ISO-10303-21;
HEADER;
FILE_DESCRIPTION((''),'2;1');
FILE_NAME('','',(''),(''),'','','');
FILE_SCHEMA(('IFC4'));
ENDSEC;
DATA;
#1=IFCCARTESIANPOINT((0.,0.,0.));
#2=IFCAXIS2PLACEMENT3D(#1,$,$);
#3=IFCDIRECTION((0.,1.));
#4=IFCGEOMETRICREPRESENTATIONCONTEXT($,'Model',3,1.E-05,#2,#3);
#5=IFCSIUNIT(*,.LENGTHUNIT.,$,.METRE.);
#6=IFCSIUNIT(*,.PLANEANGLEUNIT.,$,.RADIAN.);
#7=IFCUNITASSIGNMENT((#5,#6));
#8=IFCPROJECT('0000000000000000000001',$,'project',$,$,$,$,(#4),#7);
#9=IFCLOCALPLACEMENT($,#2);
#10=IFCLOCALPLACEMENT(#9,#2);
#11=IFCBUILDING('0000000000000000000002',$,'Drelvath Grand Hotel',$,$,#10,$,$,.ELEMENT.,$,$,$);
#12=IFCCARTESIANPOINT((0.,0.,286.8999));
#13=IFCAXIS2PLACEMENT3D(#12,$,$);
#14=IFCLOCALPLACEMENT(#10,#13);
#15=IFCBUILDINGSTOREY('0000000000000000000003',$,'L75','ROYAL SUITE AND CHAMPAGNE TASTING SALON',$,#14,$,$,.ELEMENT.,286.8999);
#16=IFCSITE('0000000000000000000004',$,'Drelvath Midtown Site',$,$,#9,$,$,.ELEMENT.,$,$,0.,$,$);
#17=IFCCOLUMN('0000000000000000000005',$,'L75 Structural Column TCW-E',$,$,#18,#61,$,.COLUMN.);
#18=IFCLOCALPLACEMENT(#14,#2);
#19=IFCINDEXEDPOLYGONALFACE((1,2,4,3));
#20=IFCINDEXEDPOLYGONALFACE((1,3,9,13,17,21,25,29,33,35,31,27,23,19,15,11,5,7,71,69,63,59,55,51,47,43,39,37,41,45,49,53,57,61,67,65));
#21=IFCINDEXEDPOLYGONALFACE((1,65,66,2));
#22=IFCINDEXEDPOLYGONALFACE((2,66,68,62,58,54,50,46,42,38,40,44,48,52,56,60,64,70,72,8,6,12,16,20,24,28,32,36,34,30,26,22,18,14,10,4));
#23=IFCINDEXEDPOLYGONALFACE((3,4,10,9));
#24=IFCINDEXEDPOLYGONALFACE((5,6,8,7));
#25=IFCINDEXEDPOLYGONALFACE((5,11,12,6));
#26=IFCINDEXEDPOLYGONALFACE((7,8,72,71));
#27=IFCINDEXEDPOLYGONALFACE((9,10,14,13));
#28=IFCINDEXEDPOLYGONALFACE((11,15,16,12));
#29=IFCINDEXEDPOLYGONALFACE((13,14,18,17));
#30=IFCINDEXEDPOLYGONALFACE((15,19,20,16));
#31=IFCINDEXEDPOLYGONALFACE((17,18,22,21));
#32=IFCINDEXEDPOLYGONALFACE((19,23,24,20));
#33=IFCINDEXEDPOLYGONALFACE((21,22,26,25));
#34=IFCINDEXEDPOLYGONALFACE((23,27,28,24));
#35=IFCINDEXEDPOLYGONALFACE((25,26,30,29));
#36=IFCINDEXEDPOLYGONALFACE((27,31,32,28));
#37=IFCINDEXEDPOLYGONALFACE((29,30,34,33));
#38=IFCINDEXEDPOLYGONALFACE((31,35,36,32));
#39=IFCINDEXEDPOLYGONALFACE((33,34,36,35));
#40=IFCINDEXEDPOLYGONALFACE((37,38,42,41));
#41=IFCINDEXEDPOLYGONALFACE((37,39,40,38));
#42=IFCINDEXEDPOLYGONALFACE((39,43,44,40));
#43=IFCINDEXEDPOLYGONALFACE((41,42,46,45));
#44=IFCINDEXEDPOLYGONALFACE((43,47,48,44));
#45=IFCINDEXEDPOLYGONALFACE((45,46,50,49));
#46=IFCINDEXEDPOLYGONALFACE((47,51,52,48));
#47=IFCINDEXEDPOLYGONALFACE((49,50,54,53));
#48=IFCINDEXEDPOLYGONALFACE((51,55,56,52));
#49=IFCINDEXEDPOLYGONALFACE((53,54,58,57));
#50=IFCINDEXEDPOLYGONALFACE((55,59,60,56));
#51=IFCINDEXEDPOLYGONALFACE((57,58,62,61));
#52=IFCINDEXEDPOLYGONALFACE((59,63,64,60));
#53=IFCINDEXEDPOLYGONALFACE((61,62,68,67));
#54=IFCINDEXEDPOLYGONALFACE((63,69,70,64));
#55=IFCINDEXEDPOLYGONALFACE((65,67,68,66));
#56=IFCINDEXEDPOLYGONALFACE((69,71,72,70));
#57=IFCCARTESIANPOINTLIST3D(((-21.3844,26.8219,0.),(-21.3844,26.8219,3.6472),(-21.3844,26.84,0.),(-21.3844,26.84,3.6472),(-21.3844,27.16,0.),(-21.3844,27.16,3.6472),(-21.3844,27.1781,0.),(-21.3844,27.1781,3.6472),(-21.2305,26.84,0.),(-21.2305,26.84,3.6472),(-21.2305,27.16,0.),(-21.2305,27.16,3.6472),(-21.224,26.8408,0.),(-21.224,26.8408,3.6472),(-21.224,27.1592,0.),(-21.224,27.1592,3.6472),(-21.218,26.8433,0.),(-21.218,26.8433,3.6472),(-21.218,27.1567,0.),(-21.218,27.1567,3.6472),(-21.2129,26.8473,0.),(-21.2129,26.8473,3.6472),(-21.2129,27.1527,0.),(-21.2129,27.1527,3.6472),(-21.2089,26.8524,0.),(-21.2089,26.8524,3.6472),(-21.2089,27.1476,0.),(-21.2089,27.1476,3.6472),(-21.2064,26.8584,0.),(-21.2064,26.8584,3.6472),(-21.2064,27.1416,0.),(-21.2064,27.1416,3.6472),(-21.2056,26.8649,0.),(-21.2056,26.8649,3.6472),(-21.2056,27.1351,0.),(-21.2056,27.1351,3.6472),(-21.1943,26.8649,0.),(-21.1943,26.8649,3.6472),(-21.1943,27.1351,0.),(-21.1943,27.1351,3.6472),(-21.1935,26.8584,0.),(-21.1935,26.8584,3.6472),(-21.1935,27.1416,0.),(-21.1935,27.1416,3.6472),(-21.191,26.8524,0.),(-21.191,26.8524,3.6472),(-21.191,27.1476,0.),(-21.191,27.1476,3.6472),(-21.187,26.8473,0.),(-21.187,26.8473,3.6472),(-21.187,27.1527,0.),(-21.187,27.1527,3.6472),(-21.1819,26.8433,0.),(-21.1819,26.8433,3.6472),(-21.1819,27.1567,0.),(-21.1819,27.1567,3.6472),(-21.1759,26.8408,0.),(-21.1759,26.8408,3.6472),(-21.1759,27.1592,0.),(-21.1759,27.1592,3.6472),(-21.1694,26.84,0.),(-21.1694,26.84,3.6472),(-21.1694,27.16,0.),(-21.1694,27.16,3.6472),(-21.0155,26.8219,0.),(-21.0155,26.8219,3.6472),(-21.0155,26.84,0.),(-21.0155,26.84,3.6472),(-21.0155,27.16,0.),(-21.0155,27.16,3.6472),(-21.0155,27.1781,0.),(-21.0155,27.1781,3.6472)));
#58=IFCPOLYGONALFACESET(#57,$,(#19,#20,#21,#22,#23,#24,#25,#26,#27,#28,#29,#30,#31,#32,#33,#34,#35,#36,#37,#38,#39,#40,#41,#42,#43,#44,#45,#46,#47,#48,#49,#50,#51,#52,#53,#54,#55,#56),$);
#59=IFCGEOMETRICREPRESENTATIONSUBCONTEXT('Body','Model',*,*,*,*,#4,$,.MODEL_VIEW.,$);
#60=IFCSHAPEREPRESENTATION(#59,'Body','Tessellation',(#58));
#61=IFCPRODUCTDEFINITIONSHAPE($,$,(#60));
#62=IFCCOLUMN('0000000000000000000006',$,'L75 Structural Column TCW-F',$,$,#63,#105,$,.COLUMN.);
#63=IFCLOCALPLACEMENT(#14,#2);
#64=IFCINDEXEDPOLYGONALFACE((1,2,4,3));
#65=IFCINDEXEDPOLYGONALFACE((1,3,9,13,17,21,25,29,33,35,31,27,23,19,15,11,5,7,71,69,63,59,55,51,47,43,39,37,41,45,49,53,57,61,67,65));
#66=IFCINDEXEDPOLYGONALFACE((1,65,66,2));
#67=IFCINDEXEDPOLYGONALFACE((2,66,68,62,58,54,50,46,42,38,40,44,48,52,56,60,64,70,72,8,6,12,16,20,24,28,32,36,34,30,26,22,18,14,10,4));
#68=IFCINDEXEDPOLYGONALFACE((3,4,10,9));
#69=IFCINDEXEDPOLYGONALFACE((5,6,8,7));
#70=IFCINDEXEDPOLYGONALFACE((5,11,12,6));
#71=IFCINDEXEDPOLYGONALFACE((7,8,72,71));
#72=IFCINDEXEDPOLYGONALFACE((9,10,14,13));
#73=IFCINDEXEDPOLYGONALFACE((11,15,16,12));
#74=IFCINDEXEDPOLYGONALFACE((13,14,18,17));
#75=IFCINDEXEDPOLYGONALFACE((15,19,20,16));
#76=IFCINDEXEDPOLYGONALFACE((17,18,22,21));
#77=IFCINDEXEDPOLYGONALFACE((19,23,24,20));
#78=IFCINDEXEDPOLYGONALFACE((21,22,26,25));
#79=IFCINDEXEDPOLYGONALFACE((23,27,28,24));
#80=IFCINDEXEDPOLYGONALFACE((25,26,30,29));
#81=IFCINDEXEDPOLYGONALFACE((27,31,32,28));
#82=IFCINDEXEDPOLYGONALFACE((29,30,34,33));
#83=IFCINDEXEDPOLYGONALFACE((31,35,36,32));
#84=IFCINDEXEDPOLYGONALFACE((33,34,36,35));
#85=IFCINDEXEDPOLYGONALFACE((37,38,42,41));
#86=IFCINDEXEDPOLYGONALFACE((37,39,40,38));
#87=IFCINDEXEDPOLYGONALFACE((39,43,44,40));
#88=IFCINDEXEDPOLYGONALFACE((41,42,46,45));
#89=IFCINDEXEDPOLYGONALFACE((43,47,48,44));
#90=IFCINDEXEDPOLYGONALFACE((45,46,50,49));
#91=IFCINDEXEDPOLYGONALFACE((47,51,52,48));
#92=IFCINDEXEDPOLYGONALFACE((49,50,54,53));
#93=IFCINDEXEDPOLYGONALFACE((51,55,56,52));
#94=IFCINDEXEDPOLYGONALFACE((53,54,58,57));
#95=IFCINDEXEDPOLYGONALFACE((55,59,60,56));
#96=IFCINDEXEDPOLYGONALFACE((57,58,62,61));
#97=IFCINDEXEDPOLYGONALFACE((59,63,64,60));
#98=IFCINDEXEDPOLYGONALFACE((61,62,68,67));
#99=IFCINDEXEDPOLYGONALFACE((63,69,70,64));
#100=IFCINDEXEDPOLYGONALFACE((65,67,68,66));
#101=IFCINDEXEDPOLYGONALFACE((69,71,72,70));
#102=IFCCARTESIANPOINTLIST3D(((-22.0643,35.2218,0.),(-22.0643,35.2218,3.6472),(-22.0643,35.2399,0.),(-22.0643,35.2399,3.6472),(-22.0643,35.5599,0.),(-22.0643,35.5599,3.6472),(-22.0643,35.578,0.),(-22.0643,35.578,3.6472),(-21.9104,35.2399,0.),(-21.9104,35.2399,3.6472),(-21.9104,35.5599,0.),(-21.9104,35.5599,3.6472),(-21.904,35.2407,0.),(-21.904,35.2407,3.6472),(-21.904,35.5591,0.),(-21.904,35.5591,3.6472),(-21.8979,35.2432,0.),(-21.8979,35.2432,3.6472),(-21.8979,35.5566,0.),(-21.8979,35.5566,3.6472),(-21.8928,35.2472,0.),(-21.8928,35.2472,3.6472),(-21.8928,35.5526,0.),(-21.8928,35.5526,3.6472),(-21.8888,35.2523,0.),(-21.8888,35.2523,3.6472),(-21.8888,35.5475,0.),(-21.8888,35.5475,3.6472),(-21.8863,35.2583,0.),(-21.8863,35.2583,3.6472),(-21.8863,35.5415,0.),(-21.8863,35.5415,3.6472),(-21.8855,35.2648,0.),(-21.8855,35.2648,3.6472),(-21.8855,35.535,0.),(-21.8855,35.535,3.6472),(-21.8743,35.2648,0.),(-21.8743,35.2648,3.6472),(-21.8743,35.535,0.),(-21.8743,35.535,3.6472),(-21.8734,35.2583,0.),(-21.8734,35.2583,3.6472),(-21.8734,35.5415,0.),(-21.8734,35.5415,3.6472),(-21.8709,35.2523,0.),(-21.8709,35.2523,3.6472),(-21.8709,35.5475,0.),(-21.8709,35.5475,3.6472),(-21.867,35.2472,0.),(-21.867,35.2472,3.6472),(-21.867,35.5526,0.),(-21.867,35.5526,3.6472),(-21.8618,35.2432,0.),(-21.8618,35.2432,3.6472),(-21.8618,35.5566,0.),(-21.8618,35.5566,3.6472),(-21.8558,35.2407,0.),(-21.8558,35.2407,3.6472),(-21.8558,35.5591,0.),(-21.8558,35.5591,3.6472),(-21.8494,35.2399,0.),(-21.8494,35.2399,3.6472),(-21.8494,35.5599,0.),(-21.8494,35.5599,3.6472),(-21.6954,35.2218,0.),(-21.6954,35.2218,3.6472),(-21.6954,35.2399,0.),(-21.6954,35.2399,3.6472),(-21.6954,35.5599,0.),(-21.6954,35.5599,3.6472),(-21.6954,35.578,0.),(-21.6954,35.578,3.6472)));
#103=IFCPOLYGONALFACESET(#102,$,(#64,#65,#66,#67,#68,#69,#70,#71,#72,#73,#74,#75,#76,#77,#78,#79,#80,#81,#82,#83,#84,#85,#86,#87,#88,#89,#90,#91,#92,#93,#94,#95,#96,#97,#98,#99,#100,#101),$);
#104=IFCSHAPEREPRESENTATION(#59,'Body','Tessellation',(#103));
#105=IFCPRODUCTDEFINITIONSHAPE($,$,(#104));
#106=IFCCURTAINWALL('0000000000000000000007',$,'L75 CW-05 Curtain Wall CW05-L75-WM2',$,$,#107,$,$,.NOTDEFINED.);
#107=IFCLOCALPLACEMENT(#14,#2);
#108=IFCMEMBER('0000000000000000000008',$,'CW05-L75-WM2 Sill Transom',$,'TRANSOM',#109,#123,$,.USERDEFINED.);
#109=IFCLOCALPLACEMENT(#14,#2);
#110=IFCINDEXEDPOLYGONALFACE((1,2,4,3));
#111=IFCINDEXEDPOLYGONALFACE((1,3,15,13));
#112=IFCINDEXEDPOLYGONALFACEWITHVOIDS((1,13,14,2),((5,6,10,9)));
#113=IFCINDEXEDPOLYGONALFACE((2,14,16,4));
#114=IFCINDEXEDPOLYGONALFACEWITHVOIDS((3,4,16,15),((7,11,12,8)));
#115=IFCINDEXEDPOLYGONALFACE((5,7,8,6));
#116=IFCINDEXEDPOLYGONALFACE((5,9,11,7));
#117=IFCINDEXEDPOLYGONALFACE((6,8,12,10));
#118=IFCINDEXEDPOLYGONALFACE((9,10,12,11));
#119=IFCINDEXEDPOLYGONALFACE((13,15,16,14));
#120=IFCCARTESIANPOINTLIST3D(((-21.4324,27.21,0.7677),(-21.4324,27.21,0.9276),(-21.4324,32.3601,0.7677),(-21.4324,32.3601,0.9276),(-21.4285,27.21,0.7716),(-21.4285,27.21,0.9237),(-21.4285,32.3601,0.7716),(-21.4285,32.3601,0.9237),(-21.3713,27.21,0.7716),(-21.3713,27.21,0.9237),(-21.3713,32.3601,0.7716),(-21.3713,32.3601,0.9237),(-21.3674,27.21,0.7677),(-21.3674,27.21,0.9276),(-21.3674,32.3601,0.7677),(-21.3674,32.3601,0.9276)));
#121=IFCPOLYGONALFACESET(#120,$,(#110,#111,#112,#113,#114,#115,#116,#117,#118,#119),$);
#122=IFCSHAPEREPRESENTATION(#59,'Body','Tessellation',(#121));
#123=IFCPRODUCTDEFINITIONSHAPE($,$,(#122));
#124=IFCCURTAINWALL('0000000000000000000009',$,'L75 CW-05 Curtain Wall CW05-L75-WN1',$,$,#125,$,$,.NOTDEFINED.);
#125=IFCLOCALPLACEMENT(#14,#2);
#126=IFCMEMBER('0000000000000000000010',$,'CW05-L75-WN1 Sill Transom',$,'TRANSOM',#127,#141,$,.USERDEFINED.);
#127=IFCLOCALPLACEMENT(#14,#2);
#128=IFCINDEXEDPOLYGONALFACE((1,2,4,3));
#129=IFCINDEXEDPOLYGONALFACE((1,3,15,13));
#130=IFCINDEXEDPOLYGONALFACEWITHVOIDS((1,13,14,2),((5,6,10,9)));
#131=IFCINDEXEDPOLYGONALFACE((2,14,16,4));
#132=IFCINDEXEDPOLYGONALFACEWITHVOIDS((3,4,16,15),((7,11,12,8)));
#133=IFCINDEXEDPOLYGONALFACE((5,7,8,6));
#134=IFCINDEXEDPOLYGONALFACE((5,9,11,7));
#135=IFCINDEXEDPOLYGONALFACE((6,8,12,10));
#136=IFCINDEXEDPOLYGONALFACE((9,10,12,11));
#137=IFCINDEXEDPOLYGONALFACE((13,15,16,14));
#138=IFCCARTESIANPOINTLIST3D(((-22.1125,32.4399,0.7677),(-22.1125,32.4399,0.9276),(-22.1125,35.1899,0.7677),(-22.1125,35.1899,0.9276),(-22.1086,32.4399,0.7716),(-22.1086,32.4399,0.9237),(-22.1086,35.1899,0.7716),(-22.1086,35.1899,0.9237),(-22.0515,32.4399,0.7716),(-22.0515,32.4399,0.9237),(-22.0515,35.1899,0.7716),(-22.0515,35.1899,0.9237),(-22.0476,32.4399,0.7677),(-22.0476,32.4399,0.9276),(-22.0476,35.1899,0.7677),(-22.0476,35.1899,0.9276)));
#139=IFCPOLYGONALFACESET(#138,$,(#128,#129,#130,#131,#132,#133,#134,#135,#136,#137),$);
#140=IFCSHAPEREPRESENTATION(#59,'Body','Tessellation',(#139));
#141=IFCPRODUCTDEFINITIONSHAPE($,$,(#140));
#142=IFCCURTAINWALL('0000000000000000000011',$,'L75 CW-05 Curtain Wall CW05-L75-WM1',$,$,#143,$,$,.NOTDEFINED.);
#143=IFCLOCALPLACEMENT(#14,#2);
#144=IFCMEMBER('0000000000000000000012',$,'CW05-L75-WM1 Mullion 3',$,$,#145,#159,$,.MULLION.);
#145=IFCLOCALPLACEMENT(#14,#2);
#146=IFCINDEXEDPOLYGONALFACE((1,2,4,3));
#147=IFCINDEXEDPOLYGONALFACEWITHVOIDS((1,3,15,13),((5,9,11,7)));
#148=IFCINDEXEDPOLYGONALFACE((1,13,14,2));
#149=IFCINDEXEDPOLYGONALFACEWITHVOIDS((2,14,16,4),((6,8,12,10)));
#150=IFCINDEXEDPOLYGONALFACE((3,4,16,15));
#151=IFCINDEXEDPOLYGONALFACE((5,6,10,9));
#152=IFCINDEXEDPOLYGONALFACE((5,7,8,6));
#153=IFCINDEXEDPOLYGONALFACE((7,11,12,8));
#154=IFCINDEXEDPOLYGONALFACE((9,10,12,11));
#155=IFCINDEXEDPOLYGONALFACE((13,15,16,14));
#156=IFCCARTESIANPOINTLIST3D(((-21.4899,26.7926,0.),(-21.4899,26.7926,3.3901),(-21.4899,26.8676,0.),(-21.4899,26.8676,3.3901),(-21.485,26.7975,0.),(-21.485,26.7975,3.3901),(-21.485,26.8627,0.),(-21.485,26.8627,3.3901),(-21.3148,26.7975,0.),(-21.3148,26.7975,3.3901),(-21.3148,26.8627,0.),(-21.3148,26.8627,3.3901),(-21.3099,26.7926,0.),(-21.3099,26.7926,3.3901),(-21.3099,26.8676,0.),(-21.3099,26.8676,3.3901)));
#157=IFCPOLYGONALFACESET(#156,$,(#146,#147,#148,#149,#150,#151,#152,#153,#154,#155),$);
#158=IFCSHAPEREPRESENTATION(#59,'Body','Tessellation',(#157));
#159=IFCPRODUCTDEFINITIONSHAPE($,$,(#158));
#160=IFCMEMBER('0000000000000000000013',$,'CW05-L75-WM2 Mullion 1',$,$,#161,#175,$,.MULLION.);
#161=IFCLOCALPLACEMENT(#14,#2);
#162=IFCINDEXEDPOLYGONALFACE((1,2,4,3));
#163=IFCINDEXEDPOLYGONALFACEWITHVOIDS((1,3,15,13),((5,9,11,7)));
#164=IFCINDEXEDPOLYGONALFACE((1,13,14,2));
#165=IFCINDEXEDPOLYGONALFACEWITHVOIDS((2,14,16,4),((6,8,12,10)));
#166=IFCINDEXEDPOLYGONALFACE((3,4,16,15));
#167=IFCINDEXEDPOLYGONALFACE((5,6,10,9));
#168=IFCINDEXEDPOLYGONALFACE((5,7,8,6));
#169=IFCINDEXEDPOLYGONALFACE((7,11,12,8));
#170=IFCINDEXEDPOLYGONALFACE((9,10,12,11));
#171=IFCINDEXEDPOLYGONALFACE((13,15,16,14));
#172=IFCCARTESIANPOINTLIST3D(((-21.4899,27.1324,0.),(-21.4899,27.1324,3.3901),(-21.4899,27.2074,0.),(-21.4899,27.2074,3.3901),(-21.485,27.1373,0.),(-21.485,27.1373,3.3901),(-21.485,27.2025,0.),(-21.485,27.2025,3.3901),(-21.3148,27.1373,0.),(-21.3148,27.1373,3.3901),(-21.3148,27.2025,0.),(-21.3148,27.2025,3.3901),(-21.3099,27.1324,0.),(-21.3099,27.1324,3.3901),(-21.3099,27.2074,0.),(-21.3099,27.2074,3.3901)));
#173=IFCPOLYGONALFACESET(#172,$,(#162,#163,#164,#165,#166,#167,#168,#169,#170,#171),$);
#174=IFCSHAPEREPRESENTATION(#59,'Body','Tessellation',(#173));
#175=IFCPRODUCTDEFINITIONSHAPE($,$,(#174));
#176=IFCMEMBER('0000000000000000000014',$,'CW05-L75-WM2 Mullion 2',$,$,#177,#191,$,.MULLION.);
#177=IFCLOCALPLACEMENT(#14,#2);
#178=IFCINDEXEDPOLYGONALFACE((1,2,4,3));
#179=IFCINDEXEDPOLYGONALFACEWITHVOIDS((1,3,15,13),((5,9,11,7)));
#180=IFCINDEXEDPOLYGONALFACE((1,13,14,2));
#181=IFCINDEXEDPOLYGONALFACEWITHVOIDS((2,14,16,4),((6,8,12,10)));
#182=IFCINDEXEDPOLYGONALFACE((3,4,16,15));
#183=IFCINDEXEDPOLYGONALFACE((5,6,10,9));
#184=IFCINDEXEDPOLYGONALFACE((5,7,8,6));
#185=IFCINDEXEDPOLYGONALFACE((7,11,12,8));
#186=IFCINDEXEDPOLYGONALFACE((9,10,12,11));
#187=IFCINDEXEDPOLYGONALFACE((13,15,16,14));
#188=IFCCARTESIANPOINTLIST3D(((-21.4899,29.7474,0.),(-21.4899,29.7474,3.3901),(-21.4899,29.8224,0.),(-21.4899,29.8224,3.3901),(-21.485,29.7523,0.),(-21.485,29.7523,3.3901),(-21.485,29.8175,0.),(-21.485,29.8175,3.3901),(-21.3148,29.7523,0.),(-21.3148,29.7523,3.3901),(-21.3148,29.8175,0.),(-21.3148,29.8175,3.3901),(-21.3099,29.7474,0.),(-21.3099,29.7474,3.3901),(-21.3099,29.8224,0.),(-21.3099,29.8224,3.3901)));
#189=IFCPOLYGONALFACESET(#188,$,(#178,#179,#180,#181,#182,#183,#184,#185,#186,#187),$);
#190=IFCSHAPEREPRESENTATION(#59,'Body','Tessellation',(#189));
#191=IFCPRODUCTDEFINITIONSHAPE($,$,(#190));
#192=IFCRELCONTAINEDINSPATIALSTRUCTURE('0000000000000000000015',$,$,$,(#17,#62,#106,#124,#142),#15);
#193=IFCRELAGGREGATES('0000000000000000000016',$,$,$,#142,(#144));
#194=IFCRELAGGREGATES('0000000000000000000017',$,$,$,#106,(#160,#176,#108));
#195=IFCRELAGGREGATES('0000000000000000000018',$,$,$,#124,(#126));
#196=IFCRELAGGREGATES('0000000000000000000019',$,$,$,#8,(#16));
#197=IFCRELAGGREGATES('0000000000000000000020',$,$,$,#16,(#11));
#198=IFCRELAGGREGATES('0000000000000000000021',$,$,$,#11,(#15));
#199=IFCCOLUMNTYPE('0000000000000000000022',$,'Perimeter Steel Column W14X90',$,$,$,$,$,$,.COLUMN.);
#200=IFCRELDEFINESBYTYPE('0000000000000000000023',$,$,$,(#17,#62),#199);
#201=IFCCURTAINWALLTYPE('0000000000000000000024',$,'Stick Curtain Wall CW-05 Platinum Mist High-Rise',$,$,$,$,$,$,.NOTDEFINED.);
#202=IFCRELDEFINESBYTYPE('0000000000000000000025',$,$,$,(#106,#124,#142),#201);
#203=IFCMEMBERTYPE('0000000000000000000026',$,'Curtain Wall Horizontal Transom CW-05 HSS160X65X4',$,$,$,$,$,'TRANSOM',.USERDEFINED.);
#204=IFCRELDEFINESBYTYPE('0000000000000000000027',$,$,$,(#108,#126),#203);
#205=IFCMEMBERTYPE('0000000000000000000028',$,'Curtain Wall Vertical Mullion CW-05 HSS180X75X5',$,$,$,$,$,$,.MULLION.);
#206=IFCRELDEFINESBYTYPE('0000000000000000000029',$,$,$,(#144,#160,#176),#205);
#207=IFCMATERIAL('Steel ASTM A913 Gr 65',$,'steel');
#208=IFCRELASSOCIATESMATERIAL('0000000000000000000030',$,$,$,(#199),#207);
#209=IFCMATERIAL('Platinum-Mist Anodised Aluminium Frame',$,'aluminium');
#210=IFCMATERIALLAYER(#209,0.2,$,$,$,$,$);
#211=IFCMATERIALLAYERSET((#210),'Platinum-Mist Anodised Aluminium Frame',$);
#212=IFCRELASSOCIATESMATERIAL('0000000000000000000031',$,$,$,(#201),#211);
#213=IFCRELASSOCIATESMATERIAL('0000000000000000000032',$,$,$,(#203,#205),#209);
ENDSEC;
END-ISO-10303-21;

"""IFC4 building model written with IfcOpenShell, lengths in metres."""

from ifc_helpers import new_model, si_unit, direction, frame, origin, origin_2d, place, context, subcontext, project, spatial, hollow_rectangle, i_section, extrude, material, layer, layer_set, material_profile, profile_set, type_object, element, aggregate, save


model = new_model("IFC4")

# Units and contexts
model_context = context("Model", 3, precision=1e-05, world=origin(), true_north=direction((0.0, 1.0)))
body_context = subcontext(model_context, "Body", "Model", "MODEL_VIEW")
ifc_project = project(units=[si_unit("LENGTHUNIT", "METRE"), si_unit("PLANEANGLEUNIT", "RADIAN")], contexts=[model_context])

# Site, building, storey
site_placement = place(None, origin())
site = spatial("IfcSite", under=ifc_project, at=site_placement, Name="Drelvath Midtown Site", CompositionType="ELEMENT", RefElevation=0.0)
building_placement = place(site_placement, origin())
building = spatial("IfcBuilding", under=site, at=building_placement, Name="Drelvath Grand Hotel", CompositionType="ELEMENT")
storey_placement = place(building_placement, frame((0.0, 0.0, 286.8999)))
storey = spatial("IfcBuildingStorey", under=building, at=storey_placement, Name="L75", Description="ROYAL SUITE AND CHAMPAGNE TASTING SALON", CompositionType="ELEMENT", Elevation=286.8999)

# Columns
ifc_material_1 = material(Name="Steel ASTM A913 Gr 65", Category="steel")
ifc_material_profile_1 = material_profile(ifc_material_1, i_section(OverallWidth=0.3689, OverallDepth=0.3562, WebThickness=0.0112, FlangeThickness=0.0181, FilletRadius=0.0249, at=origin_2d()), Name="W14X90")
ifc_profile_set_1 = profile_set([ifc_material_profile_1], Name="Steel ASTM A913 Gr 65")
column_type = type_object("IfcColumnType", Name="Perimeter Steel Column W14X90", PredefinedType="COLUMN", material=ifc_profile_set_1)
for number, where, z_axis, x_axis, name in (
    (1, (-21.2, 27.0, 0.0), (0.0, 0.0, 1.0), (1.0, 0.0, 0.0), "L75 Structural Column TCW-E"),
    (2, (-21.8799, 35.3999, 0.0), (0.0, 0.0, 1.0), (1.0, 0.0, 0.0), "L75 Structural Column TCW-F"),
):
    element("IfcColumn", number, at=place(storey_placement, frame(where, z_axis=z_axis, x_axis=x_axis)), inside=storey, type_object=column_type, Name=name, PredefinedType="COLUMN", context=body_context, shape_type="SweptSolid", body=[
        extrude(i_section(OverallWidth=0.3689, OverallDepth=0.3562, WebThickness=0.0112, FlangeThickness=0.0181, FilletRadius=0.0249, at=origin_2d()), origin(), (0.0, 0.0, 1.0), 3.6472),
    ])

# Curtain walls, members
ifc_material_2 = material(Name="Platinum-Mist Anodised Aluminium Frame", Category="aluminium")
ifc_layer_1 = layer(ifc_material_2, 0.2)
ifc_layer_set_1 = layer_set([ifc_layer_1], Name="Platinum-Mist Anodised Aluminium Frame")
curtain_wall_type = type_object("IfcCurtainWallType", Name="Stick Curtain Wall CW-05 Platinum Mist High-Rise", PredefinedType="NOTDEFINED", material=ifc_layer_set_1)
curtain_wall_1_placement = place(storey_placement, origin())
curtain_wall_1 = element("IfcCurtainWall", 3, at=curtain_wall_1_placement, inside=storey, type_object=curtain_wall_type, Name="L75 CW-05 Curtain Wall CW05-L75-WM2", PredefinedType="NOTDEFINED")
ifc_material_profile_2 = material_profile(ifc_material_2, hollow_rectangle(XDim=0.0649, YDim=0.1599, WallThickness=0.0039, at=origin_2d()), Name="HSS160X65X4")
ifc_profile_set_2 = profile_set([ifc_material_profile_2], Name="Platinum-Mist Anodised Aluminium Frame")
member_type_1 = type_object("IfcMemberType", Name="Curtain Wall Horizontal Transom CW-05 HSS160X65X4", ElementType="TRANSOM", PredefinedType="USERDEFINED", material=ifc_profile_set_2)
member_1_placement = place(storey_placement, frame((-21.3999, 27.21, 0.8477), z_axis=(0.0, 1.0, 0.0), x_axis=(-1.0, 0.0, 0.0)))
member_1 = element("IfcMember", 4, at=member_1_placement, type_object=member_type_1, Name="CW05-L75-WM2 Sill Transom", ObjectType="TRANSOM", PredefinedType="USERDEFINED", context=body_context, shape_type="SweptSolid", body=[
    extrude(hollow_rectangle(XDim=0.0649, YDim=0.1599, WallThickness=0.0039, at=origin_2d()), origin(), (0.0, 0.0, 1.0), 5.1501),
])
curtain_wall_2_placement = place(storey_placement, origin())
curtain_wall_2 = element("IfcCurtainWall", 5, at=curtain_wall_2_placement, inside=storey, type_object=curtain_wall_type, Name="L75 CW-05 Curtain Wall CW05-L75-WN1", PredefinedType="NOTDEFINED")
member_2_placement = place(storey_placement, frame((-22.0801, 32.4399, 0.8477), z_axis=(0.0, 1.0, 0.0), x_axis=(-1.0, 0.0, 0.0)))
member_2 = element("IfcMember", 6, at=member_2_placement, type_object=member_type_1, Name="CW05-L75-WN1 Sill Transom", ObjectType="TRANSOM", PredefinedType="USERDEFINED", context=body_context, shape_type="SweptSolid", body=[
    extrude(hollow_rectangle(XDim=0.0649, YDim=0.1599, WallThickness=0.0039, at=origin_2d()), origin(), (0.0, 0.0, 1.0), 2.75),
])
curtain_wall_3_placement = place(storey_placement, origin())
curtain_wall_3 = element("IfcCurtainWall", 7, at=curtain_wall_3_placement, inside=storey, type_object=curtain_wall_type, Name="L75 CW-05 Curtain Wall CW05-L75-WM1", PredefinedType="NOTDEFINED")
ifc_material_profile_3 = material_profile(ifc_material_2, hollow_rectangle(XDim=0.075, YDim=0.1799, WallThickness=0.0049, at=origin_2d()), Name="HSS180X75X5")
ifc_profile_set_3 = profile_set([ifc_material_profile_3], Name="Platinum-Mist Anodised Aluminium Frame")
member_type_2 = type_object("IfcMemberType", Name="Curtain Wall Vertical Mullion CW-05 HSS180X75X5", PredefinedType="MULLION", material=ifc_profile_set_3)
member_3_placement = place(storey_placement, frame((-21.3999, 26.8301, 0.0), z_axis=(0.0, 0.0, 1.0), x_axis=(0.0, 1.0, 0.0)))
member_3 = element("IfcMember", 8, at=member_3_placement, type_object=member_type_2, Name="CW05-L75-WM1 Mullion 3", PredefinedType="MULLION", context=body_context, shape_type="SweptSolid", body=[
    extrude(hollow_rectangle(XDim=0.075, YDim=0.1799, WallThickness=0.0049, at=origin_2d()), origin(), (0.0, 0.0, 1.0), 3.3901),
])
aggregate(curtain_wall_3, [member_3])

# Members
member_4_placement = place(storey_placement, frame((-21.3999, 27.1699, 0.0), z_axis=(0.0, 0.0, 1.0), x_axis=(0.0, 1.0, 0.0)))
member_4 = element("IfcMember", 9, at=member_4_placement, type_object=member_type_2, Name="CW05-L75-WM2 Mullion 1", PredefinedType="MULLION", context=body_context, shape_type="SweptSolid", body=[
    extrude(hollow_rectangle(XDim=0.075, YDim=0.1799, WallThickness=0.0049, at=origin_2d()), origin(), (0.0, 0.0, 1.0), 3.3901),
])
member_5_placement = place(storey_placement, frame((-21.3999, 29.7849, 0.0), z_axis=(0.0, 0.0, 1.0), x_axis=(0.0, 1.0, 0.0)))
member_5 = element("IfcMember", 10, at=member_5_placement, type_object=member_type_2, Name="CW05-L75-WM2 Mullion 2", PredefinedType="MULLION", context=body_context, shape_type="SweptSolid", body=[
    extrude(hollow_rectangle(XDim=0.075, YDim=0.1799, WallThickness=0.0049, at=origin_2d()), origin(), (0.0, 0.0, 1.0), 3.3901),
])

aggregate(curtain_wall_1, [member_4, member_5, member_1])
aggregate(curtain_wall_2, [member_2])

save(model, "model.ifc")
